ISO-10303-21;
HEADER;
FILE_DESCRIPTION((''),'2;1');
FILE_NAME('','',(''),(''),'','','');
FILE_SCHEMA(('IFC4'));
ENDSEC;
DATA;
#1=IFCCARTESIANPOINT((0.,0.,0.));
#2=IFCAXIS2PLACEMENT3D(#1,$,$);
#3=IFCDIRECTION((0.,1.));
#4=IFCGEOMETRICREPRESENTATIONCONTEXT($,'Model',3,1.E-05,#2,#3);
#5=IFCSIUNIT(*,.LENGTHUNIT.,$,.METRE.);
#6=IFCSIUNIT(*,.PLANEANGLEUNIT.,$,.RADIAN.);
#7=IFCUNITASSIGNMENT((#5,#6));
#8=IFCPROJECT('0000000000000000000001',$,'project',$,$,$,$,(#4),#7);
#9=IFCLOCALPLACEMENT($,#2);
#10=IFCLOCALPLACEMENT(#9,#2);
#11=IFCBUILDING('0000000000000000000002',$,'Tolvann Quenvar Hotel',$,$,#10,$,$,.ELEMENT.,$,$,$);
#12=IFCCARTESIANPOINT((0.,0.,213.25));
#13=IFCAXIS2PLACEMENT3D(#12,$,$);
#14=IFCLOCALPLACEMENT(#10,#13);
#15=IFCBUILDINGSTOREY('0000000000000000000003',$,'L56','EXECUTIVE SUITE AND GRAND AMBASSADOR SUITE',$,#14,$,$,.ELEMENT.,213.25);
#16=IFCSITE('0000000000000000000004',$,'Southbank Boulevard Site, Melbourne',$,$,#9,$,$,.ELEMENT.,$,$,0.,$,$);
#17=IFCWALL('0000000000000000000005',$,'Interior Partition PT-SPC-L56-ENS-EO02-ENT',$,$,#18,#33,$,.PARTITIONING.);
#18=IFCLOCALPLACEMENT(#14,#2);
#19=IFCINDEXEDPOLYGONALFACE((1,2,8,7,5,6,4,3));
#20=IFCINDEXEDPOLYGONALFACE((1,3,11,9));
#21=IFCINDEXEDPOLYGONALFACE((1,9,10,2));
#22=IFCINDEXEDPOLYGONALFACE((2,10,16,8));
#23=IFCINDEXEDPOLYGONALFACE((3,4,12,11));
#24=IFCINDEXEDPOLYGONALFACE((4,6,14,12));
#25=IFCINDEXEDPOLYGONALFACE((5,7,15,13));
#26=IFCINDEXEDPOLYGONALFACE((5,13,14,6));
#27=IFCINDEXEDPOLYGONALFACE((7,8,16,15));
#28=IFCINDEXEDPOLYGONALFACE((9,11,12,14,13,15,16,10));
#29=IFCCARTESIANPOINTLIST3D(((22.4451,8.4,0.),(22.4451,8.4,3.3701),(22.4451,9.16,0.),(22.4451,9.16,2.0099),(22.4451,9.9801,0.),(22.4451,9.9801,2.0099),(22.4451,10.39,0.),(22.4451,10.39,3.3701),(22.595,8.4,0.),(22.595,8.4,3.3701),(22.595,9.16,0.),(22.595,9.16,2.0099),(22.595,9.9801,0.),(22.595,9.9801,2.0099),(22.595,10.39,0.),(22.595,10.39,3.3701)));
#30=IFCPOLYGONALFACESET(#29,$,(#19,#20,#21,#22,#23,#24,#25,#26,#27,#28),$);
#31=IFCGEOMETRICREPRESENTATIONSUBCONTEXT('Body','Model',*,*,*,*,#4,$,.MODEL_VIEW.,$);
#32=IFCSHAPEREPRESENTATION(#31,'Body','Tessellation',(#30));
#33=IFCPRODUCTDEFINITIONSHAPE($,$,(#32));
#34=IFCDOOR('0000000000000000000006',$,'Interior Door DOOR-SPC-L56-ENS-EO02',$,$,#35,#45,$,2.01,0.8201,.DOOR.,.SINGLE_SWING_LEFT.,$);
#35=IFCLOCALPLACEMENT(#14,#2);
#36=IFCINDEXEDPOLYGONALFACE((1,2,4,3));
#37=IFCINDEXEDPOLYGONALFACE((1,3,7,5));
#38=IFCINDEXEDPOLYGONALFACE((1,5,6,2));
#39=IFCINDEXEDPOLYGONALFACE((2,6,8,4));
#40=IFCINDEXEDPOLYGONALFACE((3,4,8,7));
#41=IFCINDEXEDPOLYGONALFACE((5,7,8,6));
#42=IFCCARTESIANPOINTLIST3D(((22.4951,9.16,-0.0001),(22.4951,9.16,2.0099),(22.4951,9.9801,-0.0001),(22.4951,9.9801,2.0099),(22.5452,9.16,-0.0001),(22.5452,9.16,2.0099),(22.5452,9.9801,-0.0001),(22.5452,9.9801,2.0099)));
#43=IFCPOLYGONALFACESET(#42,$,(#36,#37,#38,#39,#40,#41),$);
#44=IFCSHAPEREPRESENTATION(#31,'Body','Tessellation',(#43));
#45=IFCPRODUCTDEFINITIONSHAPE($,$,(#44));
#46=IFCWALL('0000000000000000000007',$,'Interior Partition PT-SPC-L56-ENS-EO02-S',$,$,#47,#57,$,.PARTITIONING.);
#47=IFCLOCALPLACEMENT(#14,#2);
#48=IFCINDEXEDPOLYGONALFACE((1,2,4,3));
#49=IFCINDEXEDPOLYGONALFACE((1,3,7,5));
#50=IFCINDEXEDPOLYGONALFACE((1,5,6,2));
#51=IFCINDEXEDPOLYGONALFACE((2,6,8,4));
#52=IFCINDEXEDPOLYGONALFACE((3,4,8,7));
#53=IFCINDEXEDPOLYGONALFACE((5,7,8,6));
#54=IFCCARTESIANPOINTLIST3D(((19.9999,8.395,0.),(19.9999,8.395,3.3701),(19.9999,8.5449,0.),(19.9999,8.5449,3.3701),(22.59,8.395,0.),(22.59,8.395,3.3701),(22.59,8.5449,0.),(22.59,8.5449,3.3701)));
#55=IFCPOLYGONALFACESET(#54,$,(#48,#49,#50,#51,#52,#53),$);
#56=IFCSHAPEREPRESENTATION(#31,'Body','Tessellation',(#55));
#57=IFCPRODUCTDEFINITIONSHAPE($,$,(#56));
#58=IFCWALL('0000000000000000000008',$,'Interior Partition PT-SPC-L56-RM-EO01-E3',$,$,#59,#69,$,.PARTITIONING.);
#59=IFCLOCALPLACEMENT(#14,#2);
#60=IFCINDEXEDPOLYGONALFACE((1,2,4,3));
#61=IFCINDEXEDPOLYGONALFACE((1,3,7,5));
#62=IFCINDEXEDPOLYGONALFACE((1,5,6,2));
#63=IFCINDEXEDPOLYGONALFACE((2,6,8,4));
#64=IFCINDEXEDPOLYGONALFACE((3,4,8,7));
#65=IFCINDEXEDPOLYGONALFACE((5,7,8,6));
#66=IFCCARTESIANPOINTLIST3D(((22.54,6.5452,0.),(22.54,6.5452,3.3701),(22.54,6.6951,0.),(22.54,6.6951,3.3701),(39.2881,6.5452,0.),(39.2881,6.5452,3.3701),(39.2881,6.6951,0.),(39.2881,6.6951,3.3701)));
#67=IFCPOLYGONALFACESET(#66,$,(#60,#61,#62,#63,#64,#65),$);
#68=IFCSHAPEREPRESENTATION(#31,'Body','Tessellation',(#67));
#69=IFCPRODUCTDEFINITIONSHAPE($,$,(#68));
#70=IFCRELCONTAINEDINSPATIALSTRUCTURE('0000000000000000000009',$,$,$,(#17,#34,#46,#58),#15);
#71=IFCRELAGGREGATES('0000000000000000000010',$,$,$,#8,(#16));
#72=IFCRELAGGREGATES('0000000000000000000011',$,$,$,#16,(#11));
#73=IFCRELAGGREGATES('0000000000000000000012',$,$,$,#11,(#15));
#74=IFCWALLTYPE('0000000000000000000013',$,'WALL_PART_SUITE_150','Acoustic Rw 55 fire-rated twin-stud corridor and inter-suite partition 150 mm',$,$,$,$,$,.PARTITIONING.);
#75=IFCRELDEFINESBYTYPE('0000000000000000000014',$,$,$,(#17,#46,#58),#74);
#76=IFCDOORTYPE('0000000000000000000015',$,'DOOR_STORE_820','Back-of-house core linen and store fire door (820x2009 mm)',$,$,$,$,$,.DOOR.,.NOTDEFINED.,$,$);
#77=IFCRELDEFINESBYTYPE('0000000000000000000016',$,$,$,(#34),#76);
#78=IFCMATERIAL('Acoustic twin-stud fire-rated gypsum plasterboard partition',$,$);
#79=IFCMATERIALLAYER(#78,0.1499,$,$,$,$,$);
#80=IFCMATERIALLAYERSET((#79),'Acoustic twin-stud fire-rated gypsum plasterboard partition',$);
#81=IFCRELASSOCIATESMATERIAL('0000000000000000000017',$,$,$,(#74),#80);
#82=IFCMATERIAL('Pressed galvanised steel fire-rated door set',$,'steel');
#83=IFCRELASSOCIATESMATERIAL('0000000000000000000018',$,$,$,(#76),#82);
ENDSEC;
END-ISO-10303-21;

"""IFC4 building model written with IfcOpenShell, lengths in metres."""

from ifc_helpers import new_model, si_unit, direction, frame, frame_2d, origin, place, context, subcontext, project, spatial, rectangle, extrude, source, transform, mapped, material, layer, layer_set, type_object, type_shapes, element, fill, save


model = new_model("IFC4")

# Units and contexts
model_context = context("Model", 3, precision=1e-05, world=origin(), true_north=direction((0.0, 1.0)))
body_context = subcontext(model_context, "Body", "Model", "MODEL_VIEW")
ifc_project = project(units=[si_unit("LENGTHUNIT", "METRE"), si_unit("PLANEANGLEUNIT", "RADIAN")], contexts=[model_context])

# Site, building, storey
site_placement = place(None, origin())
site = spatial("IfcSite", under=ifc_project, at=site_placement, Name="Southbank Boulevard Site, Melbourne", CompositionType="ELEMENT", RefElevation=0.0)
building_placement = place(site_placement, origin())
building = spatial("IfcBuilding", under=site, at=building_placement, Name="Tolvann Quenvar Hotel", CompositionType="ELEMENT")
storey_placement = place(building_placement, frame((0.0, 0.0, 213.25)))
storey = spatial("IfcBuildingStorey", under=building, at=storey_placement, Name="L56", Description="EXECUTIVE SUITE AND GRAND AMBASSADOR SUITE", CompositionType="ELEMENT", Elevation=213.25)

# Wall, opening, door
ifc_material_1 = material(Name="Acoustic twin-stud fire-rated gypsum plasterboard partition")
ifc_layer_1 = layer(ifc_material_1, 0.1499)
ifc_layer_set_1 = layer_set([ifc_layer_1], Name="Acoustic twin-stud fire-rated gypsum plasterboard partition")
wall_type_1 = type_object("IfcWallType", Name="WALL_PART_SUITE_150", Description="Acoustic Rw 55 fire-rated twin-stud corridor and inter-suite partition 150 mm", PredefinedType="PARTITIONING", material=ifc_layer_set_1)
wall_1_placement = place(storey_placement, frame((22.52, 8.3999, 0.0), z_axis=(0.0, 0.0, 1.0), x_axis=(0.0, 1.0, 0.0)))
wall_1 = element("IfcWall", 1, at=wall_1_placement, inside=storey, type_object=wall_type_1, Name="Interior Partition PT-SPC-L56-ENS-EO02-ENT", PredefinedType="PARTITIONING", context=body_context, shape_type="SweptSolid", body=[
    extrude(rectangle(XDim=1.99, YDim=0.1499, at=frame_2d((0.9951, 0.0))), origin(), (0.0, 0.0, 1.0), 3.3701),
])
opening_1_placement = place(wall_1_placement, frame((0.76, 0.0, 0.0)))
opening_1 = element("IfcOpeningElement", 2, at=opening_1_placement, cuts=wall_1, PredefinedType="OPENING", context=body_context, shape_type="SweptSolid", body=[
    extrude(rectangle(XDim=0.8201, YDim=2.01, at=frame_2d((0.4102, 1.0049))), frame((0.0, 0.085, 0.0), z_axis=(0.0, -1.0, 0.0), x_axis=(1.0, 0.0, 0.0)), (0.0, 0.0, 1.0), 0.1699),
])
ifc_material_2 = material(Name="Pressed galvanised steel fire-rated door set", Category="steel")
door_type_1 = type_object("IfcDoorType", Name="DOOR_STORE_820", Description="Back-of-house core linen and store fire door (820x2009 mm)", OperationType="NOTDEFINED", PredefinedType="DOOR", material=ifc_material_2)
shared_shape_1 = source(origin(), body_context, "Body", "SweptSolid", [
    extrude(rectangle(XDim=0.8201, YDim=2.01, at=frame_2d((0.4102, 1.0049))), frame((0.0, 0.0249, 0.0), z_axis=(0.0, -1.0, 0.0), x_axis=(1.0, 0.0, 0.0)), (0.0, 0.0, 1.0), 0.05),
])
type_shapes(door_type_1, [shared_shape_1])
door_1_placement = place(opening_1_placement, origin())
door_1 = element("IfcDoor", 3, at=door_1_placement, inside=storey, type_object=door_type_1, Name="Interior Door DOOR-SPC-L56-ENS-EO02", OperationType="SINGLE_SWING_LEFT", OverallHeight=2.01, OverallWidth=0.8201, PredefinedType="DOOR", context=body_context, shape_type="MappedRepresentation", body=[
    mapped(shared_shape_1, transform((0.0, 0.0, 0.0), x_axis=(1.0, 0.0, 0.0), y_axis=(0.0, 1.0, 0.0), z_axis=(0.0, 0.0, 1.0), scale=1.0)),
])
fill(opening_1, door_1)

# Wall
wall_2_placement = place(storey_placement, frame((20.0, 8.47, 0.0), z_axis=(0.0, 0.0, 1.0), x_axis=(1.0, 0.0, 0.0)))
element("IfcWall", 4, at=wall_2_placement, inside=storey, type_object=wall_type_1, Name="Interior Partition PT-SPC-L56-ENS-EO02-S", PredefinedType="PARTITIONING", context=body_context, shape_type="SweptSolid", body=[
    extrude(rectangle(XDim=2.5901, YDim=0.1499, at=frame_2d((1.2949, 0.0))), origin(), (0.0, 0.0, 1.0), 3.3701),
])

# Wall
wall_3_placement = place(storey_placement, frame((22.54, 6.6201, 0.0), z_axis=(0.0, 0.0, 1.0), x_axis=(1.0, 0.0, 0.0)))
element("IfcWall", 5, at=wall_3_placement, inside=storey, type_object=wall_type_1, Name="Interior Partition PT-SPC-L56-RM-EO01-E3", PredefinedType="PARTITIONING", context=body_context, shape_type="SweptSolid", body=[
    extrude(rectangle(XDim=16.748, YDim=0.1499, at=frame_2d((8.374, 0.0))), origin(), (0.0, 0.0, 1.0), 3.3701),
])

save(model, "model.ifc")
